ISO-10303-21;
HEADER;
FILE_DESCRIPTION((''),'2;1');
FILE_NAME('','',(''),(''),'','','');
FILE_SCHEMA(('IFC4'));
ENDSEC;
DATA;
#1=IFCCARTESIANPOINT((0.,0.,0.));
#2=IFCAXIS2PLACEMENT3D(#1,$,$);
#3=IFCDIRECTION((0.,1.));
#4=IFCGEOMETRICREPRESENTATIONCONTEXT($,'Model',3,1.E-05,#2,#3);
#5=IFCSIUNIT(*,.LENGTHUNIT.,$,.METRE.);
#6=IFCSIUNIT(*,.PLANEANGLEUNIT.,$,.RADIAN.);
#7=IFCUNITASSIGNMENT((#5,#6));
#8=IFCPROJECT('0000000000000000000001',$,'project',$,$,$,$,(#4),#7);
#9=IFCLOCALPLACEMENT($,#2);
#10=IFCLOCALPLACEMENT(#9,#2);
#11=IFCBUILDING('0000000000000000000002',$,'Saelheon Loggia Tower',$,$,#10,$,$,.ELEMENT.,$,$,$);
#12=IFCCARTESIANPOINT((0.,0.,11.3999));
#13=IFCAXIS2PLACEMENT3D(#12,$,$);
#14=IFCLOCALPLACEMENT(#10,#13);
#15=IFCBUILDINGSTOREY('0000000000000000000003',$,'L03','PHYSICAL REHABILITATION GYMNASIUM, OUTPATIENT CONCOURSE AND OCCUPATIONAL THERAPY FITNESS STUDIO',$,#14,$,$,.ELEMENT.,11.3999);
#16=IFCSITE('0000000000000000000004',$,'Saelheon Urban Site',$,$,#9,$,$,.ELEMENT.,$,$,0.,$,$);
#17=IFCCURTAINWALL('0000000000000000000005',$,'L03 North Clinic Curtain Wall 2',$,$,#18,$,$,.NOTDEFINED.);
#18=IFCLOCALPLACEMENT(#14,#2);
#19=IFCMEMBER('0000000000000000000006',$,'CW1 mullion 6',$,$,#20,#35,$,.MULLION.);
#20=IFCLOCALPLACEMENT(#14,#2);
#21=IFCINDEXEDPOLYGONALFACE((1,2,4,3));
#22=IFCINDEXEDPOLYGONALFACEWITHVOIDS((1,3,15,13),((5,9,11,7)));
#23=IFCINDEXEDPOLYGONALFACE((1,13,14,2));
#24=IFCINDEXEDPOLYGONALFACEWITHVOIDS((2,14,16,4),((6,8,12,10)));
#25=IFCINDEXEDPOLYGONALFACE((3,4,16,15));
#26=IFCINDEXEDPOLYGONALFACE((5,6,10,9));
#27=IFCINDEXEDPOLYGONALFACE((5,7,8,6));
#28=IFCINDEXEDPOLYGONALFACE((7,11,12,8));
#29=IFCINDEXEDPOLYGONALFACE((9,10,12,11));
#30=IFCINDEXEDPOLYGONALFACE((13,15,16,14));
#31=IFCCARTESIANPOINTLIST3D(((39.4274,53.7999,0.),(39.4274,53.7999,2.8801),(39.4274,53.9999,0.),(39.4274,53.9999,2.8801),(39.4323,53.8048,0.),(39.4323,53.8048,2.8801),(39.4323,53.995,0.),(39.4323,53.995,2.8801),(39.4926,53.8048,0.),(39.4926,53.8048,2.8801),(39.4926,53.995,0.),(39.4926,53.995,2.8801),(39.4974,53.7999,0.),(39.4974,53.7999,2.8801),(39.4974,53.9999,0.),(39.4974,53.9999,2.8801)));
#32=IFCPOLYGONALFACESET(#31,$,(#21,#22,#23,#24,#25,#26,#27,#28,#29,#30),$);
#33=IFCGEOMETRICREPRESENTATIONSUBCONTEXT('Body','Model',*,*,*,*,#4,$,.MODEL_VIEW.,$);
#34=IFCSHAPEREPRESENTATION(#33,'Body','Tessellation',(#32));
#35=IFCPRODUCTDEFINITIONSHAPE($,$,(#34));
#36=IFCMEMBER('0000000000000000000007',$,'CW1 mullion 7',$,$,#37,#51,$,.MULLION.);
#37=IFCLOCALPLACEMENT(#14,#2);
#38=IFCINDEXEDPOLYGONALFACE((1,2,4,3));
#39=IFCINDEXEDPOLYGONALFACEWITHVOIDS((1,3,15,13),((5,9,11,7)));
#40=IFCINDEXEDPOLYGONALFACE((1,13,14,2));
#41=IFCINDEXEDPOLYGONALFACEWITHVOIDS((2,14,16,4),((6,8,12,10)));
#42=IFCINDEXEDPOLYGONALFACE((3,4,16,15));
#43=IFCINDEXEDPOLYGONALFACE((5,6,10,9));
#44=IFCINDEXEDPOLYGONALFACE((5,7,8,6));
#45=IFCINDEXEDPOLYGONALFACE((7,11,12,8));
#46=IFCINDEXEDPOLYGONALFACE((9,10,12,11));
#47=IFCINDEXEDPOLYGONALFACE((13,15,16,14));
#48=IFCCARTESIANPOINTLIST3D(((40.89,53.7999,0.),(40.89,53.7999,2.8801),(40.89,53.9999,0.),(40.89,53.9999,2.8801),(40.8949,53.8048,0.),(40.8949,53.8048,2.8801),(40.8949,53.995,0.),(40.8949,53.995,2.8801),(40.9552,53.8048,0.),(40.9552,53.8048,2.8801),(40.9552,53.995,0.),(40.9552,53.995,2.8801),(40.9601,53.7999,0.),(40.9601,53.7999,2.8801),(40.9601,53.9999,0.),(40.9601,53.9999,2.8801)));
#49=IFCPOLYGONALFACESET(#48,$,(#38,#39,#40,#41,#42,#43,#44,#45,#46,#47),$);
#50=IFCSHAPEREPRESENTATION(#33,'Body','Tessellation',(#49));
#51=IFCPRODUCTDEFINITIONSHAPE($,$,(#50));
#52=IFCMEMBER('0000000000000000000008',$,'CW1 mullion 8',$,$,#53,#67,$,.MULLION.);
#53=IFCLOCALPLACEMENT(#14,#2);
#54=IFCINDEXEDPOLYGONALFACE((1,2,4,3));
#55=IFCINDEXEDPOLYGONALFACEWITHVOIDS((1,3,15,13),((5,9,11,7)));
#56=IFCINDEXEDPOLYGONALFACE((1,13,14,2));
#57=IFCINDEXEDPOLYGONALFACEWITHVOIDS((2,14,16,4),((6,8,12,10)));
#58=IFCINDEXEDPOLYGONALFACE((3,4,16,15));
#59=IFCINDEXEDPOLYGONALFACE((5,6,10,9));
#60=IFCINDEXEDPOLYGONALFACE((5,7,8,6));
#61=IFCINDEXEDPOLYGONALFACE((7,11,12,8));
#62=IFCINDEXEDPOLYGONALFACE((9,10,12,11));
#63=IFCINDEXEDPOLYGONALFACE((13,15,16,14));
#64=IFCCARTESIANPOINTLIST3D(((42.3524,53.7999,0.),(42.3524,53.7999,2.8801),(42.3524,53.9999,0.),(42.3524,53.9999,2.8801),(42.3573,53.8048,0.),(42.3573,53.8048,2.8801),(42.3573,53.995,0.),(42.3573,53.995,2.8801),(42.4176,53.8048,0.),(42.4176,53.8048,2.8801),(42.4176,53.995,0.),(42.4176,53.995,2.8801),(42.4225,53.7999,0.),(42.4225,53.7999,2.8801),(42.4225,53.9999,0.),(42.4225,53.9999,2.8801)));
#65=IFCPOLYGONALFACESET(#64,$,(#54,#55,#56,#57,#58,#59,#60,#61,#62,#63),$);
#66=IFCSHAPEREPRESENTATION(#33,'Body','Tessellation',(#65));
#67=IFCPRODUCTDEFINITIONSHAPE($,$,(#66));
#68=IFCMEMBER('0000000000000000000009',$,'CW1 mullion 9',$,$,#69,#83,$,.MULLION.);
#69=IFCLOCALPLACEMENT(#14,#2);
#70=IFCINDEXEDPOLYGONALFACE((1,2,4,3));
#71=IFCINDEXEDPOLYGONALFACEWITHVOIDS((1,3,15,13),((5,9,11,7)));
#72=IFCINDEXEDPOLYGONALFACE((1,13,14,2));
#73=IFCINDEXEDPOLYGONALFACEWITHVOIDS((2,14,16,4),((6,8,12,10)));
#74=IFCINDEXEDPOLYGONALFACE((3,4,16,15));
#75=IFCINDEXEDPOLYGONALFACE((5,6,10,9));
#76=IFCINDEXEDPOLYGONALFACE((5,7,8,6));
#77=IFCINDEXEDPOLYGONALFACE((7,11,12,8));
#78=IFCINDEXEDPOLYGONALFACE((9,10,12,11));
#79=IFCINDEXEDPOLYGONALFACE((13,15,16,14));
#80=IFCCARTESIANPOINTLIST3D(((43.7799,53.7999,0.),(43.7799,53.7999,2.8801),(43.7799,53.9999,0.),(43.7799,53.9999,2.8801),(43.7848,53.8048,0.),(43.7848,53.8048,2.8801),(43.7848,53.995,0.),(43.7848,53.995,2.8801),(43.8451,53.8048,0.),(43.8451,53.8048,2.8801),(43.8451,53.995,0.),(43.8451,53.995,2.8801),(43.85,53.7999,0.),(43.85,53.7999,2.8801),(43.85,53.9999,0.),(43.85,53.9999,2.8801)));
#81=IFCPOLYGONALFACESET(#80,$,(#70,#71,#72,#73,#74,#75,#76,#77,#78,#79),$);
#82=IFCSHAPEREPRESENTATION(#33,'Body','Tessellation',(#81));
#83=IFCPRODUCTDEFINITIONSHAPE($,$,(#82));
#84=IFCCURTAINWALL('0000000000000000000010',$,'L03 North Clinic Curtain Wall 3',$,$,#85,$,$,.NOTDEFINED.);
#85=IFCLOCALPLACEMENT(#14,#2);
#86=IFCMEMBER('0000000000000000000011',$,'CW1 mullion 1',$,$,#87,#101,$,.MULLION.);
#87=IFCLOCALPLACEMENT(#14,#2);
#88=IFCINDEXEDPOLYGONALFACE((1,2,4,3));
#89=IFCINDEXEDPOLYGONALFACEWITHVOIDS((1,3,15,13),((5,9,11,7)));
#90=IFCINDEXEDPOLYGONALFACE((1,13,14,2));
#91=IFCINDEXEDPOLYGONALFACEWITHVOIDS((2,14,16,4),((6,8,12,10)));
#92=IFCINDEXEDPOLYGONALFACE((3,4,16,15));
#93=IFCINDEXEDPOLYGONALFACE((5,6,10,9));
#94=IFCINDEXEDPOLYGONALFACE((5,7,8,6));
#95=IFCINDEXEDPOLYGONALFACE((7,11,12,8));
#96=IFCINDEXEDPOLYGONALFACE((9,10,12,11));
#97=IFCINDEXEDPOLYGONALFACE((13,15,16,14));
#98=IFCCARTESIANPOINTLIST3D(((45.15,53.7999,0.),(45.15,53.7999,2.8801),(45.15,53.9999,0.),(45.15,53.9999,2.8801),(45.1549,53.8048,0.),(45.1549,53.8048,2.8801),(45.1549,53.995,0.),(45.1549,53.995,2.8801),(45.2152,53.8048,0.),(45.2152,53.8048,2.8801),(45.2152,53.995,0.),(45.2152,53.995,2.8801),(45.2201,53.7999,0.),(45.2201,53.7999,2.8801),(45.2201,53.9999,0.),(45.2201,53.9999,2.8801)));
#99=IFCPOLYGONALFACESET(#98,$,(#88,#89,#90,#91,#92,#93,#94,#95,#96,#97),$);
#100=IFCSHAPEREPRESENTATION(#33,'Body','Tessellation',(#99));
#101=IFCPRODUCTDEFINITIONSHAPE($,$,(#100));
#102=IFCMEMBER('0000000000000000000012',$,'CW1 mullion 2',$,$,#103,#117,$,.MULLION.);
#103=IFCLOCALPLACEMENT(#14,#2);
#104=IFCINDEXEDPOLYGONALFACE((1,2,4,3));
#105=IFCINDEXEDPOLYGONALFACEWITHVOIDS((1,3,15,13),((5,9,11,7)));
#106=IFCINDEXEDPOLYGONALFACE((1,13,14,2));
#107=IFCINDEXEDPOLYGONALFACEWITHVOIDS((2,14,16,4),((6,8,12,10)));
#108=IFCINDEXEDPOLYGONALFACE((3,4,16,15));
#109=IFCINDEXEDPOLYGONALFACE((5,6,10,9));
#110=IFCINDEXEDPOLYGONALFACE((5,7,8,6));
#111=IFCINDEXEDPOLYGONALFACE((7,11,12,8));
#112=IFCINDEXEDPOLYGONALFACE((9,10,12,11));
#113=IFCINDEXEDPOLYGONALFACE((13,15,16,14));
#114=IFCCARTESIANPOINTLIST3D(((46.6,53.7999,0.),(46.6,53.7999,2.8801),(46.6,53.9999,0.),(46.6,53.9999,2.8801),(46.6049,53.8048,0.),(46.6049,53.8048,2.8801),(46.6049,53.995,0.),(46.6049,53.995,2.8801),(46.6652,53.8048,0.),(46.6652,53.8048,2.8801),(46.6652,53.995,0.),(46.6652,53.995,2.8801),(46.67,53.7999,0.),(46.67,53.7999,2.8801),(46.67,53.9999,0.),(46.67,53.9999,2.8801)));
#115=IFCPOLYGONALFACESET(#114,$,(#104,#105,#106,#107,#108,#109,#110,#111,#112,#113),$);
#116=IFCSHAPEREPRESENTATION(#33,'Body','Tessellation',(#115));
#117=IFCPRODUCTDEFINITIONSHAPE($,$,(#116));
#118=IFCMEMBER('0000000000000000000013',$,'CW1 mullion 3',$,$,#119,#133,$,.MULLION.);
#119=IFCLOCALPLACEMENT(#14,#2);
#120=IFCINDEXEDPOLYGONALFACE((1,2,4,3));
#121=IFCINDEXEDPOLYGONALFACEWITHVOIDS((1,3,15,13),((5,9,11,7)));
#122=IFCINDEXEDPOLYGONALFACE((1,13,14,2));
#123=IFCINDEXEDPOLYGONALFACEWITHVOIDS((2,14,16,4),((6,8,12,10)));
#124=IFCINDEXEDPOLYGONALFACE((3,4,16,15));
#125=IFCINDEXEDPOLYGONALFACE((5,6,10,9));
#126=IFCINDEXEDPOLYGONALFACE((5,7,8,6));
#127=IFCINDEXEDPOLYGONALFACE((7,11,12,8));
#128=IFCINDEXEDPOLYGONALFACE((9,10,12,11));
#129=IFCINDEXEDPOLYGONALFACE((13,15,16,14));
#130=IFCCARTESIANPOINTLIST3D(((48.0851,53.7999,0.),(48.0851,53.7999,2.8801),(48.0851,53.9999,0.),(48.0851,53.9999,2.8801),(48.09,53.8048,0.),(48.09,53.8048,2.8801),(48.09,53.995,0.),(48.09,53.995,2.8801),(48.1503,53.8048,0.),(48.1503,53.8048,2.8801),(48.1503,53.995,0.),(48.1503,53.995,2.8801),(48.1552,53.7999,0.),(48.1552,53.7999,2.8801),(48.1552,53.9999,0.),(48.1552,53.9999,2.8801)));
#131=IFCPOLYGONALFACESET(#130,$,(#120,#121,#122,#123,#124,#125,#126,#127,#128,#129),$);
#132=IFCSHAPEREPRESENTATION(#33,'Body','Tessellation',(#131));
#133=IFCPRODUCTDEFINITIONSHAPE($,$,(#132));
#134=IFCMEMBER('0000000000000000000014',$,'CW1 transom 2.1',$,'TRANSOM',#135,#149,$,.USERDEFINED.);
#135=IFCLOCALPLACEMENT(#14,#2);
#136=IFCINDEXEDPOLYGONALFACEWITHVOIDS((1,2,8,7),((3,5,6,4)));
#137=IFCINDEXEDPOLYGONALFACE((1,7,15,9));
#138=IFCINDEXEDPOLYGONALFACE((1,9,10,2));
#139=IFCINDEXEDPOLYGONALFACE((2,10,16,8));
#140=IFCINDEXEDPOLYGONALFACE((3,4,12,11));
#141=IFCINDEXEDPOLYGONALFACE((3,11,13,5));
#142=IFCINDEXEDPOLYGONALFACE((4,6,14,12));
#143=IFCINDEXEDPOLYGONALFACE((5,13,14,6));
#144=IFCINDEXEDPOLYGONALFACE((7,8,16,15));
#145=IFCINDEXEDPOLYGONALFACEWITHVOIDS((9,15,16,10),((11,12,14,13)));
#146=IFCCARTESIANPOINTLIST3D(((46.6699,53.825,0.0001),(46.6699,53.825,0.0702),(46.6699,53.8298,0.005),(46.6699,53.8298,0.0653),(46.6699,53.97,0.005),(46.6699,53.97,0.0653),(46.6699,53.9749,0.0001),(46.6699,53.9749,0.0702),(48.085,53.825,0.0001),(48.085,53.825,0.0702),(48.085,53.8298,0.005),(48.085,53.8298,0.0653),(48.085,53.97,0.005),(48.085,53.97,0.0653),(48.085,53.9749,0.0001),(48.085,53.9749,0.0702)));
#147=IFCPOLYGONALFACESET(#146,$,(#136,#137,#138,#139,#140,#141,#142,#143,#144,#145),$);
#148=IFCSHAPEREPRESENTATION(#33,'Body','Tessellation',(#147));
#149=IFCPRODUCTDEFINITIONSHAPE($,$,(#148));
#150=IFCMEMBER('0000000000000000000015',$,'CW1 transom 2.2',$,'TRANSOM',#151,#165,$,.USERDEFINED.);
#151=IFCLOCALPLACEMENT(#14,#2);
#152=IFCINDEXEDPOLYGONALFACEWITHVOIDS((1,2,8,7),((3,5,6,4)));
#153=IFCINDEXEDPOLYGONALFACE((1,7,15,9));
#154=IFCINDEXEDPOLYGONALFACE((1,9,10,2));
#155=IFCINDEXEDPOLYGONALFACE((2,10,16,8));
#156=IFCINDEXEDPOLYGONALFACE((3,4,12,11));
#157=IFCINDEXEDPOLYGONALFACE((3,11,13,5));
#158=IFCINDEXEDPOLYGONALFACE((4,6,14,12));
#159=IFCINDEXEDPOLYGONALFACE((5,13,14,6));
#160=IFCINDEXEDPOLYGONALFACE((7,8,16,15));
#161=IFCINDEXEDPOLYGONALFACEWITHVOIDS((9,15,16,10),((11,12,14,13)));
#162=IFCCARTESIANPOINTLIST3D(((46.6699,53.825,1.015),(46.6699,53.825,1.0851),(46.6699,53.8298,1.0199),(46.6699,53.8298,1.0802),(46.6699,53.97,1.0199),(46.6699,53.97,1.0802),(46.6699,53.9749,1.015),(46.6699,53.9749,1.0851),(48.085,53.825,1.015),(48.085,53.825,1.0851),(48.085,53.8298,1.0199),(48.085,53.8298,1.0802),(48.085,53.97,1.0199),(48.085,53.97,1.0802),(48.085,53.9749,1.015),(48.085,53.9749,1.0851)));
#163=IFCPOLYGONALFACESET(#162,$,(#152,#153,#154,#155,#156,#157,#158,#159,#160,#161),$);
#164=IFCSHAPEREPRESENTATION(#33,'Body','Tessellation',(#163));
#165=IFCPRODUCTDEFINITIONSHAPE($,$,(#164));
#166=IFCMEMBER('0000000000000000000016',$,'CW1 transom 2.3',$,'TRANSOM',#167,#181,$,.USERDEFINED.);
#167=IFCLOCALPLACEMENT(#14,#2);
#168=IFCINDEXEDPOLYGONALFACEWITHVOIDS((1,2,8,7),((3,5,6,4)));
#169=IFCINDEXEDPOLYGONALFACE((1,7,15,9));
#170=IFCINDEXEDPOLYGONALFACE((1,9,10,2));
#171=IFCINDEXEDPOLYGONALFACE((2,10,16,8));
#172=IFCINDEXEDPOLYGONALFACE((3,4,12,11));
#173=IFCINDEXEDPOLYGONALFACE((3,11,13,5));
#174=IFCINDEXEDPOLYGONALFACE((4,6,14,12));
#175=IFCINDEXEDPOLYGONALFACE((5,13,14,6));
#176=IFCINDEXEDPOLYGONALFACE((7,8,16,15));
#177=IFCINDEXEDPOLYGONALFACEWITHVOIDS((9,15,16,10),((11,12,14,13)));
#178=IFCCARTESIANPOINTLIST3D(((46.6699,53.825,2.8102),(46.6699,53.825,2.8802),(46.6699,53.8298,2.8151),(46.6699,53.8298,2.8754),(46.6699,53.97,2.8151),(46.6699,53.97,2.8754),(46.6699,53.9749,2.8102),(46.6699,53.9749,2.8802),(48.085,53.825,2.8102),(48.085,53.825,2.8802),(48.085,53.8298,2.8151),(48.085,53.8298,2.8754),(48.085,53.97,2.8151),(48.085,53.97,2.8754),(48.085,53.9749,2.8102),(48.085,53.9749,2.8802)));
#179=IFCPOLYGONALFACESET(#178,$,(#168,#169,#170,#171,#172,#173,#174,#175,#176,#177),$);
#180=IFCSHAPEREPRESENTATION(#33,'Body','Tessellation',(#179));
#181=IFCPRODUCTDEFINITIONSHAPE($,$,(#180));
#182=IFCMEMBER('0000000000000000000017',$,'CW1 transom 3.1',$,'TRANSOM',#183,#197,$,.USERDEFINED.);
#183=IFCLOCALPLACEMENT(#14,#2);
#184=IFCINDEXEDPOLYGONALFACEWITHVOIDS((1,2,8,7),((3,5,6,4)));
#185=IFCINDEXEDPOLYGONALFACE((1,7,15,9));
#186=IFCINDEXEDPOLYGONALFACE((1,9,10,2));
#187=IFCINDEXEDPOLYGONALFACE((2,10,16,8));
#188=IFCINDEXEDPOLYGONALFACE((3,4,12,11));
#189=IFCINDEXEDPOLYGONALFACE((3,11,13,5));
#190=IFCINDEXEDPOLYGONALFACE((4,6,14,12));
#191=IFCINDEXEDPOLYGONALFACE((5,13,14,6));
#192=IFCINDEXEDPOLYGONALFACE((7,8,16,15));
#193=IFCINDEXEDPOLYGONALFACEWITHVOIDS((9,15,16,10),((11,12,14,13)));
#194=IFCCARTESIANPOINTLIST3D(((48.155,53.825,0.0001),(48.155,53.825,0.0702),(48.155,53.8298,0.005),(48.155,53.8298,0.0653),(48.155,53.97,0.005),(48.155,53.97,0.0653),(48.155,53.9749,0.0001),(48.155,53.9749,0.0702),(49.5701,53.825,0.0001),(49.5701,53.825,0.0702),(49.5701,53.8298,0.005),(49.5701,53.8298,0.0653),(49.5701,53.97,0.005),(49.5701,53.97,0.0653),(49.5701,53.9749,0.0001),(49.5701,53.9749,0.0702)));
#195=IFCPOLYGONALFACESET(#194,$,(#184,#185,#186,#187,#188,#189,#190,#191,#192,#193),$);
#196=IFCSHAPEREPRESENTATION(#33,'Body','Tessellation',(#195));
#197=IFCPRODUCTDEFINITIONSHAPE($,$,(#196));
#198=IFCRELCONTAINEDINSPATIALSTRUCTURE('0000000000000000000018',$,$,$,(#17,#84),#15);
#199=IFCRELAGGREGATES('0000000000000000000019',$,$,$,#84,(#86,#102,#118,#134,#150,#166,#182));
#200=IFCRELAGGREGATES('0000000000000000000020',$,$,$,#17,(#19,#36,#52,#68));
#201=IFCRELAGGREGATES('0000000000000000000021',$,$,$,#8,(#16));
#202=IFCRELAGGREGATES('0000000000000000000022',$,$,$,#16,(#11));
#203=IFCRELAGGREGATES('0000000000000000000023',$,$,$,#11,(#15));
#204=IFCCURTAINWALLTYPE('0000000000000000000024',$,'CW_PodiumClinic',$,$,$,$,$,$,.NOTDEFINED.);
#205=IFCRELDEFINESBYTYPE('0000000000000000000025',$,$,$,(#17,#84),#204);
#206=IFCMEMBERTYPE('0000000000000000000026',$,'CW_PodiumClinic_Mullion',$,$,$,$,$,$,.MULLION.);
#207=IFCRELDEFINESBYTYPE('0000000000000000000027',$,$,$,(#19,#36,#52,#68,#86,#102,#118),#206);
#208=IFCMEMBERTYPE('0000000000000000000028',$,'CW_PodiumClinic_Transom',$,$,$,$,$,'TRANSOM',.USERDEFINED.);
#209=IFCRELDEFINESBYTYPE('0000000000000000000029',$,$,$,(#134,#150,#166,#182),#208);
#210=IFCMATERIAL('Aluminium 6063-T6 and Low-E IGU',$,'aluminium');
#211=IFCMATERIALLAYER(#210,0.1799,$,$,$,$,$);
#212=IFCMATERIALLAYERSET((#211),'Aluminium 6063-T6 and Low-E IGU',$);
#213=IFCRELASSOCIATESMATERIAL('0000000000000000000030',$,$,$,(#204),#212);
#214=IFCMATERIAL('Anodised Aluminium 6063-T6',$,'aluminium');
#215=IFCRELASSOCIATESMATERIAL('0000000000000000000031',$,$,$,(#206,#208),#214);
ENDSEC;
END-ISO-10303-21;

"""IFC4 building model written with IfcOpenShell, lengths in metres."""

from ifc_helpers import new_model, si_unit, direction, frame, origin, origin_2d, place, context, subcontext, project, spatial, hollow_rectangle, extrude, source, transform, mapped, material, layer, layer_set, material_profile, profile_set, type_object, element, aggregate, save


model = new_model("IFC4")

# Units and contexts
model_context = context("Model", 3, precision=1e-05, world=origin(), true_north=direction((0.0, 1.0)))
body_context = subcontext(model_context, "Body", "Model", "MODEL_VIEW")
ifc_project = project(units=[si_unit("LENGTHUNIT", "METRE"), si_unit("PLANEANGLEUNIT", "RADIAN")], contexts=[model_context])

# Site, building, storey
site_placement = place(None, origin())
site = spatial("IfcSite", under=ifc_project, at=site_placement, Name="Saelheon Urban Site", CompositionType="ELEMENT", RefElevation=0.0)
building_placement = place(site_placement, origin())
building = spatial("IfcBuilding", under=site, at=building_placement, Name="Saelheon Loggia Tower", CompositionType="ELEMENT")
storey_placement = place(building_placement, frame((0.0, 0.0, 11.3999)))
storey = spatial("IfcBuildingStorey", under=building, at=storey_placement, Name="L03", Description="PHYSICAL REHABILITATION GYMNASIUM, OUTPATIENT CONCOURSE AND OCCUPATIONAL THERAPY FITNESS STUDIO", CompositionType="ELEMENT", Elevation=11.3999)

# Curtain walls, members
ifc_material_1 = material(Name="Aluminium 6063-T6 and Low-E IGU", Category="aluminium")
ifc_layer_1 = layer(ifc_material_1, 0.1799)
ifc_layer_set_1 = layer_set([ifc_layer_1], Name="Aluminium 6063-T6 and Low-E IGU")
curtain_wall_type = type_object("IfcCurtainWallType", Name="CW_PodiumClinic", PredefinedType="NOTDEFINED", material=ifc_layer_set_1)
curtain_wall_1_placement = place(storey_placement, origin())
curtain_wall_1 = element("IfcCurtainWall", 1, at=curtain_wall_1_placement, inside=storey, type_object=curtain_wall_type, Name="L03 North Clinic Curtain Wall 2", PredefinedType="NOTDEFINED")
ifc_material_2 = material(Name="Anodised Aluminium 6063-T6", Category="aluminium")
ifc_material_profile_1 = material_profile(ifc_material_2, hollow_rectangle(XDim=0.0701, YDim=0.2, WallThickness=0.0049, at=origin_2d()), Name="RHS-200x70x5")
ifc_profile_set_1 = profile_set([ifc_material_profile_1], Name="Anodised Aluminium 6063-T6")
member_type_1 = type_object("IfcMemberType", Name="CW_PodiumClinic_Mullion", PredefinedType="MULLION", material=ifc_profile_set_1)
shared_shape_1 = source(origin(), body_context, "Body", "SweptSolid", [
    extrude(hollow_rectangle(XDim=0.0701, YDim=0.2, WallThickness=0.0049, at=origin_2d()), origin(), (0.0, 0.0, 1.0), 2.8801),
])
member_1_placement = place(storey_placement, frame((39.4624, 53.8999, 0.0), z_axis=(0.0, 0.0, 1.0), x_axis=(1.0, 0.0, 0.0)))
member_1 = element("IfcMember", 2, at=member_1_placement, type_object=member_type_1, Name="CW1 mullion 6", PredefinedType="MULLION", context=body_context, shape_type="MappedRepresentation", body=[
    mapped(shared_shape_1, transform((0.0, 0.0, 0.0), scale=1.0)),
])
member_2_placement = place(storey_placement, frame((40.925, 53.8999, 0.0), z_axis=(0.0, 0.0, 1.0), x_axis=(1.0, 0.0, 0.0)))
member_2 = element("IfcMember", 3, at=member_2_placement, type_object=member_type_1, Name="CW1 mullion 7", PredefinedType="MULLION", context=body_context, shape_type="MappedRepresentation", body=[
    mapped(shared_shape_1, transform((0.0, 0.0, 0.0), scale=1.0)),
])
member_3_placement = place(storey_placement, frame((42.3875, 53.8999, 0.0), z_axis=(0.0, 0.0, 1.0), x_axis=(1.0, 0.0, 0.0)))
member_3 = element("IfcMember", 4, at=member_3_placement, type_object=member_type_1, Name="CW1 mullion 8", PredefinedType="MULLION", context=body_context, shape_type="MappedRepresentation", body=[
    mapped(shared_shape_1, transform((0.0, 0.0, 0.0), scale=1.0)),
])
member_4_placement = place(storey_placement, frame((43.8149, 53.8999, 0.0), z_axis=(0.0, 0.0, 1.0), x_axis=(1.0, 0.0, 0.0)))
member_4 = element("IfcMember", 5, at=member_4_placement, type_object=member_type_1, Name="CW1 mullion 9", PredefinedType="MULLION", context=body_context, shape_type="MappedRepresentation", body=[
    mapped(shared_shape_1, transform((0.0, 0.0, 0.0), scale=1.0)),
])
curtain_wall_2_placement = place(storey_placement, origin())
curtain_wall_2 = element("IfcCurtainWall", 6, at=curtain_wall_2_placement, inside=storey, type_object=curtain_wall_type, Name="L03 North Clinic Curtain Wall 3", PredefinedType="NOTDEFINED")
member_5_placement = place(storey_placement, frame((45.1851, 53.8999, 0.0), z_axis=(0.0, 0.0, 1.0), x_axis=(1.0, 0.0, 0.0)))
member_5 = element("IfcMember", 7, at=member_5_placement, type_object=member_type_1, Name="CW1 mullion 1", PredefinedType="MULLION", context=body_context, shape_type="MappedRepresentation", body=[
    mapped(shared_shape_1, transform((0.0, 0.0, 0.0), scale=1.0)),
])
member_6_placement = place(storey_placement, frame((46.635, 53.8999, 0.0), z_axis=(0.0, 0.0, 1.0), x_axis=(1.0, 0.0, 0.0)))
member_6 = element("IfcMember", 8, at=member_6_placement, type_object=member_type_1, Name="CW1 mullion 2", PredefinedType="MULLION", context=body_context, shape_type="MappedRepresentation", body=[
    mapped(shared_shape_1, transform((0.0, 0.0, 0.0), scale=1.0)),
])
member_7_placement = place(storey_placement, frame((48.1201, 53.8999, 0.0), z_axis=(0.0, 0.0, 1.0), x_axis=(1.0, 0.0, 0.0)))
member_7 = element("IfcMember", 9, at=member_7_placement, type_object=member_type_1, Name="CW1 mullion 3", PredefinedType="MULLION", context=body_context, shape_type="MappedRepresentation", body=[
    mapped(shared_shape_1, transform((0.0, 0.0, 0.0), scale=1.0)),
])
ifc_material_profile_2 = material_profile(ifc_material_2, hollow_rectangle(XDim=0.0701, YDim=0.1499, WallThickness=0.0049, at=origin_2d()), Name="RHS-150x70x5")
ifc_profile_set_2 = profile_set([ifc_material_profile_2], Name="Anodised Aluminium 6063-T6")
member_type_2 = type_object("IfcMemberType", Name="CW_PodiumClinic_Transom", ElementType="TRANSOM", PredefinedType="USERDEFINED", material=ifc_profile_set_2)
shared_shape_2 = source(origin(), body_context, "Body", "SweptSolid", [
    extrude(hollow_rectangle(XDim=0.0701, YDim=0.1499, WallThickness=0.0049, at=origin_2d()), origin(), (0.0, 0.0, 1.0), 1.415),
])
member_8_placement = place(storey_placement, frame((46.6699, 53.8999, 0.0352), z_axis=(1.0, 0.0, 0.0), x_axis=(0.0, 0.0, 1.0)))
member_8 = element("IfcMember", 10, at=member_8_placement, type_object=member_type_2, Name="CW1 transom 2.1", ObjectType="TRANSOM", PredefinedType="USERDEFINED", context=body_context, shape_type="MappedRepresentation", body=[
    mapped(shared_shape_2, transform((0.0, 0.0, 0.0), scale=1.0)),
])
member_9_placement = place(storey_placement, frame((46.6699, 53.8999, 1.05), z_axis=(1.0, 0.0, 0.0), x_axis=(0.0, 0.0, 1.0)))
member_9 = element("IfcMember", 11, at=member_9_placement, type_object=member_type_2, Name="CW1 transom 2.2", ObjectType="TRANSOM", PredefinedType="USERDEFINED", context=body_context, shape_type="MappedRepresentation", body=[
    mapped(shared_shape_2, transform((0.0, 0.0, 0.0), scale=1.0)),
])
member_10_placement = place(storey_placement, frame((46.6699, 53.8999, 2.8452), z_axis=(1.0, 0.0, 0.0), x_axis=(0.0, 0.0, 1.0)))
member_10 = element("IfcMember", 12, at=member_10_placement, type_object=member_type_2, Name="CW1 transom 2.3", ObjectType="TRANSOM", PredefinedType="USERDEFINED", context=body_context, shape_type="MappedRepresentation", body=[
    mapped(shared_shape_2, transform((0.0, 0.0, 0.0), scale=1.0)),
])
member_11_placement = place(storey_placement, frame((48.155, 53.8999, 0.0352), z_axis=(1.0, 0.0, 0.0), x_axis=(0.0, 0.0, 1.0)))
member_11 = element("IfcMember", 13, at=member_11_placement, type_object=member_type_2, Name="CW1 transom 3.1", ObjectType="TRANSOM", PredefinedType="USERDEFINED", context=body_context, shape_type="MappedRepresentation", body=[
    mapped(shared_shape_2, transform((0.0, 0.0, 0.0), scale=1.0)),
])

aggregate(curtain_wall_2, [member_5, member_6, member_7, member_8, member_9, member_10, member_11])
aggregate(curtain_wall_1, [member_1, member_2, member_3, member_4])

save(model, "model.ifc")
